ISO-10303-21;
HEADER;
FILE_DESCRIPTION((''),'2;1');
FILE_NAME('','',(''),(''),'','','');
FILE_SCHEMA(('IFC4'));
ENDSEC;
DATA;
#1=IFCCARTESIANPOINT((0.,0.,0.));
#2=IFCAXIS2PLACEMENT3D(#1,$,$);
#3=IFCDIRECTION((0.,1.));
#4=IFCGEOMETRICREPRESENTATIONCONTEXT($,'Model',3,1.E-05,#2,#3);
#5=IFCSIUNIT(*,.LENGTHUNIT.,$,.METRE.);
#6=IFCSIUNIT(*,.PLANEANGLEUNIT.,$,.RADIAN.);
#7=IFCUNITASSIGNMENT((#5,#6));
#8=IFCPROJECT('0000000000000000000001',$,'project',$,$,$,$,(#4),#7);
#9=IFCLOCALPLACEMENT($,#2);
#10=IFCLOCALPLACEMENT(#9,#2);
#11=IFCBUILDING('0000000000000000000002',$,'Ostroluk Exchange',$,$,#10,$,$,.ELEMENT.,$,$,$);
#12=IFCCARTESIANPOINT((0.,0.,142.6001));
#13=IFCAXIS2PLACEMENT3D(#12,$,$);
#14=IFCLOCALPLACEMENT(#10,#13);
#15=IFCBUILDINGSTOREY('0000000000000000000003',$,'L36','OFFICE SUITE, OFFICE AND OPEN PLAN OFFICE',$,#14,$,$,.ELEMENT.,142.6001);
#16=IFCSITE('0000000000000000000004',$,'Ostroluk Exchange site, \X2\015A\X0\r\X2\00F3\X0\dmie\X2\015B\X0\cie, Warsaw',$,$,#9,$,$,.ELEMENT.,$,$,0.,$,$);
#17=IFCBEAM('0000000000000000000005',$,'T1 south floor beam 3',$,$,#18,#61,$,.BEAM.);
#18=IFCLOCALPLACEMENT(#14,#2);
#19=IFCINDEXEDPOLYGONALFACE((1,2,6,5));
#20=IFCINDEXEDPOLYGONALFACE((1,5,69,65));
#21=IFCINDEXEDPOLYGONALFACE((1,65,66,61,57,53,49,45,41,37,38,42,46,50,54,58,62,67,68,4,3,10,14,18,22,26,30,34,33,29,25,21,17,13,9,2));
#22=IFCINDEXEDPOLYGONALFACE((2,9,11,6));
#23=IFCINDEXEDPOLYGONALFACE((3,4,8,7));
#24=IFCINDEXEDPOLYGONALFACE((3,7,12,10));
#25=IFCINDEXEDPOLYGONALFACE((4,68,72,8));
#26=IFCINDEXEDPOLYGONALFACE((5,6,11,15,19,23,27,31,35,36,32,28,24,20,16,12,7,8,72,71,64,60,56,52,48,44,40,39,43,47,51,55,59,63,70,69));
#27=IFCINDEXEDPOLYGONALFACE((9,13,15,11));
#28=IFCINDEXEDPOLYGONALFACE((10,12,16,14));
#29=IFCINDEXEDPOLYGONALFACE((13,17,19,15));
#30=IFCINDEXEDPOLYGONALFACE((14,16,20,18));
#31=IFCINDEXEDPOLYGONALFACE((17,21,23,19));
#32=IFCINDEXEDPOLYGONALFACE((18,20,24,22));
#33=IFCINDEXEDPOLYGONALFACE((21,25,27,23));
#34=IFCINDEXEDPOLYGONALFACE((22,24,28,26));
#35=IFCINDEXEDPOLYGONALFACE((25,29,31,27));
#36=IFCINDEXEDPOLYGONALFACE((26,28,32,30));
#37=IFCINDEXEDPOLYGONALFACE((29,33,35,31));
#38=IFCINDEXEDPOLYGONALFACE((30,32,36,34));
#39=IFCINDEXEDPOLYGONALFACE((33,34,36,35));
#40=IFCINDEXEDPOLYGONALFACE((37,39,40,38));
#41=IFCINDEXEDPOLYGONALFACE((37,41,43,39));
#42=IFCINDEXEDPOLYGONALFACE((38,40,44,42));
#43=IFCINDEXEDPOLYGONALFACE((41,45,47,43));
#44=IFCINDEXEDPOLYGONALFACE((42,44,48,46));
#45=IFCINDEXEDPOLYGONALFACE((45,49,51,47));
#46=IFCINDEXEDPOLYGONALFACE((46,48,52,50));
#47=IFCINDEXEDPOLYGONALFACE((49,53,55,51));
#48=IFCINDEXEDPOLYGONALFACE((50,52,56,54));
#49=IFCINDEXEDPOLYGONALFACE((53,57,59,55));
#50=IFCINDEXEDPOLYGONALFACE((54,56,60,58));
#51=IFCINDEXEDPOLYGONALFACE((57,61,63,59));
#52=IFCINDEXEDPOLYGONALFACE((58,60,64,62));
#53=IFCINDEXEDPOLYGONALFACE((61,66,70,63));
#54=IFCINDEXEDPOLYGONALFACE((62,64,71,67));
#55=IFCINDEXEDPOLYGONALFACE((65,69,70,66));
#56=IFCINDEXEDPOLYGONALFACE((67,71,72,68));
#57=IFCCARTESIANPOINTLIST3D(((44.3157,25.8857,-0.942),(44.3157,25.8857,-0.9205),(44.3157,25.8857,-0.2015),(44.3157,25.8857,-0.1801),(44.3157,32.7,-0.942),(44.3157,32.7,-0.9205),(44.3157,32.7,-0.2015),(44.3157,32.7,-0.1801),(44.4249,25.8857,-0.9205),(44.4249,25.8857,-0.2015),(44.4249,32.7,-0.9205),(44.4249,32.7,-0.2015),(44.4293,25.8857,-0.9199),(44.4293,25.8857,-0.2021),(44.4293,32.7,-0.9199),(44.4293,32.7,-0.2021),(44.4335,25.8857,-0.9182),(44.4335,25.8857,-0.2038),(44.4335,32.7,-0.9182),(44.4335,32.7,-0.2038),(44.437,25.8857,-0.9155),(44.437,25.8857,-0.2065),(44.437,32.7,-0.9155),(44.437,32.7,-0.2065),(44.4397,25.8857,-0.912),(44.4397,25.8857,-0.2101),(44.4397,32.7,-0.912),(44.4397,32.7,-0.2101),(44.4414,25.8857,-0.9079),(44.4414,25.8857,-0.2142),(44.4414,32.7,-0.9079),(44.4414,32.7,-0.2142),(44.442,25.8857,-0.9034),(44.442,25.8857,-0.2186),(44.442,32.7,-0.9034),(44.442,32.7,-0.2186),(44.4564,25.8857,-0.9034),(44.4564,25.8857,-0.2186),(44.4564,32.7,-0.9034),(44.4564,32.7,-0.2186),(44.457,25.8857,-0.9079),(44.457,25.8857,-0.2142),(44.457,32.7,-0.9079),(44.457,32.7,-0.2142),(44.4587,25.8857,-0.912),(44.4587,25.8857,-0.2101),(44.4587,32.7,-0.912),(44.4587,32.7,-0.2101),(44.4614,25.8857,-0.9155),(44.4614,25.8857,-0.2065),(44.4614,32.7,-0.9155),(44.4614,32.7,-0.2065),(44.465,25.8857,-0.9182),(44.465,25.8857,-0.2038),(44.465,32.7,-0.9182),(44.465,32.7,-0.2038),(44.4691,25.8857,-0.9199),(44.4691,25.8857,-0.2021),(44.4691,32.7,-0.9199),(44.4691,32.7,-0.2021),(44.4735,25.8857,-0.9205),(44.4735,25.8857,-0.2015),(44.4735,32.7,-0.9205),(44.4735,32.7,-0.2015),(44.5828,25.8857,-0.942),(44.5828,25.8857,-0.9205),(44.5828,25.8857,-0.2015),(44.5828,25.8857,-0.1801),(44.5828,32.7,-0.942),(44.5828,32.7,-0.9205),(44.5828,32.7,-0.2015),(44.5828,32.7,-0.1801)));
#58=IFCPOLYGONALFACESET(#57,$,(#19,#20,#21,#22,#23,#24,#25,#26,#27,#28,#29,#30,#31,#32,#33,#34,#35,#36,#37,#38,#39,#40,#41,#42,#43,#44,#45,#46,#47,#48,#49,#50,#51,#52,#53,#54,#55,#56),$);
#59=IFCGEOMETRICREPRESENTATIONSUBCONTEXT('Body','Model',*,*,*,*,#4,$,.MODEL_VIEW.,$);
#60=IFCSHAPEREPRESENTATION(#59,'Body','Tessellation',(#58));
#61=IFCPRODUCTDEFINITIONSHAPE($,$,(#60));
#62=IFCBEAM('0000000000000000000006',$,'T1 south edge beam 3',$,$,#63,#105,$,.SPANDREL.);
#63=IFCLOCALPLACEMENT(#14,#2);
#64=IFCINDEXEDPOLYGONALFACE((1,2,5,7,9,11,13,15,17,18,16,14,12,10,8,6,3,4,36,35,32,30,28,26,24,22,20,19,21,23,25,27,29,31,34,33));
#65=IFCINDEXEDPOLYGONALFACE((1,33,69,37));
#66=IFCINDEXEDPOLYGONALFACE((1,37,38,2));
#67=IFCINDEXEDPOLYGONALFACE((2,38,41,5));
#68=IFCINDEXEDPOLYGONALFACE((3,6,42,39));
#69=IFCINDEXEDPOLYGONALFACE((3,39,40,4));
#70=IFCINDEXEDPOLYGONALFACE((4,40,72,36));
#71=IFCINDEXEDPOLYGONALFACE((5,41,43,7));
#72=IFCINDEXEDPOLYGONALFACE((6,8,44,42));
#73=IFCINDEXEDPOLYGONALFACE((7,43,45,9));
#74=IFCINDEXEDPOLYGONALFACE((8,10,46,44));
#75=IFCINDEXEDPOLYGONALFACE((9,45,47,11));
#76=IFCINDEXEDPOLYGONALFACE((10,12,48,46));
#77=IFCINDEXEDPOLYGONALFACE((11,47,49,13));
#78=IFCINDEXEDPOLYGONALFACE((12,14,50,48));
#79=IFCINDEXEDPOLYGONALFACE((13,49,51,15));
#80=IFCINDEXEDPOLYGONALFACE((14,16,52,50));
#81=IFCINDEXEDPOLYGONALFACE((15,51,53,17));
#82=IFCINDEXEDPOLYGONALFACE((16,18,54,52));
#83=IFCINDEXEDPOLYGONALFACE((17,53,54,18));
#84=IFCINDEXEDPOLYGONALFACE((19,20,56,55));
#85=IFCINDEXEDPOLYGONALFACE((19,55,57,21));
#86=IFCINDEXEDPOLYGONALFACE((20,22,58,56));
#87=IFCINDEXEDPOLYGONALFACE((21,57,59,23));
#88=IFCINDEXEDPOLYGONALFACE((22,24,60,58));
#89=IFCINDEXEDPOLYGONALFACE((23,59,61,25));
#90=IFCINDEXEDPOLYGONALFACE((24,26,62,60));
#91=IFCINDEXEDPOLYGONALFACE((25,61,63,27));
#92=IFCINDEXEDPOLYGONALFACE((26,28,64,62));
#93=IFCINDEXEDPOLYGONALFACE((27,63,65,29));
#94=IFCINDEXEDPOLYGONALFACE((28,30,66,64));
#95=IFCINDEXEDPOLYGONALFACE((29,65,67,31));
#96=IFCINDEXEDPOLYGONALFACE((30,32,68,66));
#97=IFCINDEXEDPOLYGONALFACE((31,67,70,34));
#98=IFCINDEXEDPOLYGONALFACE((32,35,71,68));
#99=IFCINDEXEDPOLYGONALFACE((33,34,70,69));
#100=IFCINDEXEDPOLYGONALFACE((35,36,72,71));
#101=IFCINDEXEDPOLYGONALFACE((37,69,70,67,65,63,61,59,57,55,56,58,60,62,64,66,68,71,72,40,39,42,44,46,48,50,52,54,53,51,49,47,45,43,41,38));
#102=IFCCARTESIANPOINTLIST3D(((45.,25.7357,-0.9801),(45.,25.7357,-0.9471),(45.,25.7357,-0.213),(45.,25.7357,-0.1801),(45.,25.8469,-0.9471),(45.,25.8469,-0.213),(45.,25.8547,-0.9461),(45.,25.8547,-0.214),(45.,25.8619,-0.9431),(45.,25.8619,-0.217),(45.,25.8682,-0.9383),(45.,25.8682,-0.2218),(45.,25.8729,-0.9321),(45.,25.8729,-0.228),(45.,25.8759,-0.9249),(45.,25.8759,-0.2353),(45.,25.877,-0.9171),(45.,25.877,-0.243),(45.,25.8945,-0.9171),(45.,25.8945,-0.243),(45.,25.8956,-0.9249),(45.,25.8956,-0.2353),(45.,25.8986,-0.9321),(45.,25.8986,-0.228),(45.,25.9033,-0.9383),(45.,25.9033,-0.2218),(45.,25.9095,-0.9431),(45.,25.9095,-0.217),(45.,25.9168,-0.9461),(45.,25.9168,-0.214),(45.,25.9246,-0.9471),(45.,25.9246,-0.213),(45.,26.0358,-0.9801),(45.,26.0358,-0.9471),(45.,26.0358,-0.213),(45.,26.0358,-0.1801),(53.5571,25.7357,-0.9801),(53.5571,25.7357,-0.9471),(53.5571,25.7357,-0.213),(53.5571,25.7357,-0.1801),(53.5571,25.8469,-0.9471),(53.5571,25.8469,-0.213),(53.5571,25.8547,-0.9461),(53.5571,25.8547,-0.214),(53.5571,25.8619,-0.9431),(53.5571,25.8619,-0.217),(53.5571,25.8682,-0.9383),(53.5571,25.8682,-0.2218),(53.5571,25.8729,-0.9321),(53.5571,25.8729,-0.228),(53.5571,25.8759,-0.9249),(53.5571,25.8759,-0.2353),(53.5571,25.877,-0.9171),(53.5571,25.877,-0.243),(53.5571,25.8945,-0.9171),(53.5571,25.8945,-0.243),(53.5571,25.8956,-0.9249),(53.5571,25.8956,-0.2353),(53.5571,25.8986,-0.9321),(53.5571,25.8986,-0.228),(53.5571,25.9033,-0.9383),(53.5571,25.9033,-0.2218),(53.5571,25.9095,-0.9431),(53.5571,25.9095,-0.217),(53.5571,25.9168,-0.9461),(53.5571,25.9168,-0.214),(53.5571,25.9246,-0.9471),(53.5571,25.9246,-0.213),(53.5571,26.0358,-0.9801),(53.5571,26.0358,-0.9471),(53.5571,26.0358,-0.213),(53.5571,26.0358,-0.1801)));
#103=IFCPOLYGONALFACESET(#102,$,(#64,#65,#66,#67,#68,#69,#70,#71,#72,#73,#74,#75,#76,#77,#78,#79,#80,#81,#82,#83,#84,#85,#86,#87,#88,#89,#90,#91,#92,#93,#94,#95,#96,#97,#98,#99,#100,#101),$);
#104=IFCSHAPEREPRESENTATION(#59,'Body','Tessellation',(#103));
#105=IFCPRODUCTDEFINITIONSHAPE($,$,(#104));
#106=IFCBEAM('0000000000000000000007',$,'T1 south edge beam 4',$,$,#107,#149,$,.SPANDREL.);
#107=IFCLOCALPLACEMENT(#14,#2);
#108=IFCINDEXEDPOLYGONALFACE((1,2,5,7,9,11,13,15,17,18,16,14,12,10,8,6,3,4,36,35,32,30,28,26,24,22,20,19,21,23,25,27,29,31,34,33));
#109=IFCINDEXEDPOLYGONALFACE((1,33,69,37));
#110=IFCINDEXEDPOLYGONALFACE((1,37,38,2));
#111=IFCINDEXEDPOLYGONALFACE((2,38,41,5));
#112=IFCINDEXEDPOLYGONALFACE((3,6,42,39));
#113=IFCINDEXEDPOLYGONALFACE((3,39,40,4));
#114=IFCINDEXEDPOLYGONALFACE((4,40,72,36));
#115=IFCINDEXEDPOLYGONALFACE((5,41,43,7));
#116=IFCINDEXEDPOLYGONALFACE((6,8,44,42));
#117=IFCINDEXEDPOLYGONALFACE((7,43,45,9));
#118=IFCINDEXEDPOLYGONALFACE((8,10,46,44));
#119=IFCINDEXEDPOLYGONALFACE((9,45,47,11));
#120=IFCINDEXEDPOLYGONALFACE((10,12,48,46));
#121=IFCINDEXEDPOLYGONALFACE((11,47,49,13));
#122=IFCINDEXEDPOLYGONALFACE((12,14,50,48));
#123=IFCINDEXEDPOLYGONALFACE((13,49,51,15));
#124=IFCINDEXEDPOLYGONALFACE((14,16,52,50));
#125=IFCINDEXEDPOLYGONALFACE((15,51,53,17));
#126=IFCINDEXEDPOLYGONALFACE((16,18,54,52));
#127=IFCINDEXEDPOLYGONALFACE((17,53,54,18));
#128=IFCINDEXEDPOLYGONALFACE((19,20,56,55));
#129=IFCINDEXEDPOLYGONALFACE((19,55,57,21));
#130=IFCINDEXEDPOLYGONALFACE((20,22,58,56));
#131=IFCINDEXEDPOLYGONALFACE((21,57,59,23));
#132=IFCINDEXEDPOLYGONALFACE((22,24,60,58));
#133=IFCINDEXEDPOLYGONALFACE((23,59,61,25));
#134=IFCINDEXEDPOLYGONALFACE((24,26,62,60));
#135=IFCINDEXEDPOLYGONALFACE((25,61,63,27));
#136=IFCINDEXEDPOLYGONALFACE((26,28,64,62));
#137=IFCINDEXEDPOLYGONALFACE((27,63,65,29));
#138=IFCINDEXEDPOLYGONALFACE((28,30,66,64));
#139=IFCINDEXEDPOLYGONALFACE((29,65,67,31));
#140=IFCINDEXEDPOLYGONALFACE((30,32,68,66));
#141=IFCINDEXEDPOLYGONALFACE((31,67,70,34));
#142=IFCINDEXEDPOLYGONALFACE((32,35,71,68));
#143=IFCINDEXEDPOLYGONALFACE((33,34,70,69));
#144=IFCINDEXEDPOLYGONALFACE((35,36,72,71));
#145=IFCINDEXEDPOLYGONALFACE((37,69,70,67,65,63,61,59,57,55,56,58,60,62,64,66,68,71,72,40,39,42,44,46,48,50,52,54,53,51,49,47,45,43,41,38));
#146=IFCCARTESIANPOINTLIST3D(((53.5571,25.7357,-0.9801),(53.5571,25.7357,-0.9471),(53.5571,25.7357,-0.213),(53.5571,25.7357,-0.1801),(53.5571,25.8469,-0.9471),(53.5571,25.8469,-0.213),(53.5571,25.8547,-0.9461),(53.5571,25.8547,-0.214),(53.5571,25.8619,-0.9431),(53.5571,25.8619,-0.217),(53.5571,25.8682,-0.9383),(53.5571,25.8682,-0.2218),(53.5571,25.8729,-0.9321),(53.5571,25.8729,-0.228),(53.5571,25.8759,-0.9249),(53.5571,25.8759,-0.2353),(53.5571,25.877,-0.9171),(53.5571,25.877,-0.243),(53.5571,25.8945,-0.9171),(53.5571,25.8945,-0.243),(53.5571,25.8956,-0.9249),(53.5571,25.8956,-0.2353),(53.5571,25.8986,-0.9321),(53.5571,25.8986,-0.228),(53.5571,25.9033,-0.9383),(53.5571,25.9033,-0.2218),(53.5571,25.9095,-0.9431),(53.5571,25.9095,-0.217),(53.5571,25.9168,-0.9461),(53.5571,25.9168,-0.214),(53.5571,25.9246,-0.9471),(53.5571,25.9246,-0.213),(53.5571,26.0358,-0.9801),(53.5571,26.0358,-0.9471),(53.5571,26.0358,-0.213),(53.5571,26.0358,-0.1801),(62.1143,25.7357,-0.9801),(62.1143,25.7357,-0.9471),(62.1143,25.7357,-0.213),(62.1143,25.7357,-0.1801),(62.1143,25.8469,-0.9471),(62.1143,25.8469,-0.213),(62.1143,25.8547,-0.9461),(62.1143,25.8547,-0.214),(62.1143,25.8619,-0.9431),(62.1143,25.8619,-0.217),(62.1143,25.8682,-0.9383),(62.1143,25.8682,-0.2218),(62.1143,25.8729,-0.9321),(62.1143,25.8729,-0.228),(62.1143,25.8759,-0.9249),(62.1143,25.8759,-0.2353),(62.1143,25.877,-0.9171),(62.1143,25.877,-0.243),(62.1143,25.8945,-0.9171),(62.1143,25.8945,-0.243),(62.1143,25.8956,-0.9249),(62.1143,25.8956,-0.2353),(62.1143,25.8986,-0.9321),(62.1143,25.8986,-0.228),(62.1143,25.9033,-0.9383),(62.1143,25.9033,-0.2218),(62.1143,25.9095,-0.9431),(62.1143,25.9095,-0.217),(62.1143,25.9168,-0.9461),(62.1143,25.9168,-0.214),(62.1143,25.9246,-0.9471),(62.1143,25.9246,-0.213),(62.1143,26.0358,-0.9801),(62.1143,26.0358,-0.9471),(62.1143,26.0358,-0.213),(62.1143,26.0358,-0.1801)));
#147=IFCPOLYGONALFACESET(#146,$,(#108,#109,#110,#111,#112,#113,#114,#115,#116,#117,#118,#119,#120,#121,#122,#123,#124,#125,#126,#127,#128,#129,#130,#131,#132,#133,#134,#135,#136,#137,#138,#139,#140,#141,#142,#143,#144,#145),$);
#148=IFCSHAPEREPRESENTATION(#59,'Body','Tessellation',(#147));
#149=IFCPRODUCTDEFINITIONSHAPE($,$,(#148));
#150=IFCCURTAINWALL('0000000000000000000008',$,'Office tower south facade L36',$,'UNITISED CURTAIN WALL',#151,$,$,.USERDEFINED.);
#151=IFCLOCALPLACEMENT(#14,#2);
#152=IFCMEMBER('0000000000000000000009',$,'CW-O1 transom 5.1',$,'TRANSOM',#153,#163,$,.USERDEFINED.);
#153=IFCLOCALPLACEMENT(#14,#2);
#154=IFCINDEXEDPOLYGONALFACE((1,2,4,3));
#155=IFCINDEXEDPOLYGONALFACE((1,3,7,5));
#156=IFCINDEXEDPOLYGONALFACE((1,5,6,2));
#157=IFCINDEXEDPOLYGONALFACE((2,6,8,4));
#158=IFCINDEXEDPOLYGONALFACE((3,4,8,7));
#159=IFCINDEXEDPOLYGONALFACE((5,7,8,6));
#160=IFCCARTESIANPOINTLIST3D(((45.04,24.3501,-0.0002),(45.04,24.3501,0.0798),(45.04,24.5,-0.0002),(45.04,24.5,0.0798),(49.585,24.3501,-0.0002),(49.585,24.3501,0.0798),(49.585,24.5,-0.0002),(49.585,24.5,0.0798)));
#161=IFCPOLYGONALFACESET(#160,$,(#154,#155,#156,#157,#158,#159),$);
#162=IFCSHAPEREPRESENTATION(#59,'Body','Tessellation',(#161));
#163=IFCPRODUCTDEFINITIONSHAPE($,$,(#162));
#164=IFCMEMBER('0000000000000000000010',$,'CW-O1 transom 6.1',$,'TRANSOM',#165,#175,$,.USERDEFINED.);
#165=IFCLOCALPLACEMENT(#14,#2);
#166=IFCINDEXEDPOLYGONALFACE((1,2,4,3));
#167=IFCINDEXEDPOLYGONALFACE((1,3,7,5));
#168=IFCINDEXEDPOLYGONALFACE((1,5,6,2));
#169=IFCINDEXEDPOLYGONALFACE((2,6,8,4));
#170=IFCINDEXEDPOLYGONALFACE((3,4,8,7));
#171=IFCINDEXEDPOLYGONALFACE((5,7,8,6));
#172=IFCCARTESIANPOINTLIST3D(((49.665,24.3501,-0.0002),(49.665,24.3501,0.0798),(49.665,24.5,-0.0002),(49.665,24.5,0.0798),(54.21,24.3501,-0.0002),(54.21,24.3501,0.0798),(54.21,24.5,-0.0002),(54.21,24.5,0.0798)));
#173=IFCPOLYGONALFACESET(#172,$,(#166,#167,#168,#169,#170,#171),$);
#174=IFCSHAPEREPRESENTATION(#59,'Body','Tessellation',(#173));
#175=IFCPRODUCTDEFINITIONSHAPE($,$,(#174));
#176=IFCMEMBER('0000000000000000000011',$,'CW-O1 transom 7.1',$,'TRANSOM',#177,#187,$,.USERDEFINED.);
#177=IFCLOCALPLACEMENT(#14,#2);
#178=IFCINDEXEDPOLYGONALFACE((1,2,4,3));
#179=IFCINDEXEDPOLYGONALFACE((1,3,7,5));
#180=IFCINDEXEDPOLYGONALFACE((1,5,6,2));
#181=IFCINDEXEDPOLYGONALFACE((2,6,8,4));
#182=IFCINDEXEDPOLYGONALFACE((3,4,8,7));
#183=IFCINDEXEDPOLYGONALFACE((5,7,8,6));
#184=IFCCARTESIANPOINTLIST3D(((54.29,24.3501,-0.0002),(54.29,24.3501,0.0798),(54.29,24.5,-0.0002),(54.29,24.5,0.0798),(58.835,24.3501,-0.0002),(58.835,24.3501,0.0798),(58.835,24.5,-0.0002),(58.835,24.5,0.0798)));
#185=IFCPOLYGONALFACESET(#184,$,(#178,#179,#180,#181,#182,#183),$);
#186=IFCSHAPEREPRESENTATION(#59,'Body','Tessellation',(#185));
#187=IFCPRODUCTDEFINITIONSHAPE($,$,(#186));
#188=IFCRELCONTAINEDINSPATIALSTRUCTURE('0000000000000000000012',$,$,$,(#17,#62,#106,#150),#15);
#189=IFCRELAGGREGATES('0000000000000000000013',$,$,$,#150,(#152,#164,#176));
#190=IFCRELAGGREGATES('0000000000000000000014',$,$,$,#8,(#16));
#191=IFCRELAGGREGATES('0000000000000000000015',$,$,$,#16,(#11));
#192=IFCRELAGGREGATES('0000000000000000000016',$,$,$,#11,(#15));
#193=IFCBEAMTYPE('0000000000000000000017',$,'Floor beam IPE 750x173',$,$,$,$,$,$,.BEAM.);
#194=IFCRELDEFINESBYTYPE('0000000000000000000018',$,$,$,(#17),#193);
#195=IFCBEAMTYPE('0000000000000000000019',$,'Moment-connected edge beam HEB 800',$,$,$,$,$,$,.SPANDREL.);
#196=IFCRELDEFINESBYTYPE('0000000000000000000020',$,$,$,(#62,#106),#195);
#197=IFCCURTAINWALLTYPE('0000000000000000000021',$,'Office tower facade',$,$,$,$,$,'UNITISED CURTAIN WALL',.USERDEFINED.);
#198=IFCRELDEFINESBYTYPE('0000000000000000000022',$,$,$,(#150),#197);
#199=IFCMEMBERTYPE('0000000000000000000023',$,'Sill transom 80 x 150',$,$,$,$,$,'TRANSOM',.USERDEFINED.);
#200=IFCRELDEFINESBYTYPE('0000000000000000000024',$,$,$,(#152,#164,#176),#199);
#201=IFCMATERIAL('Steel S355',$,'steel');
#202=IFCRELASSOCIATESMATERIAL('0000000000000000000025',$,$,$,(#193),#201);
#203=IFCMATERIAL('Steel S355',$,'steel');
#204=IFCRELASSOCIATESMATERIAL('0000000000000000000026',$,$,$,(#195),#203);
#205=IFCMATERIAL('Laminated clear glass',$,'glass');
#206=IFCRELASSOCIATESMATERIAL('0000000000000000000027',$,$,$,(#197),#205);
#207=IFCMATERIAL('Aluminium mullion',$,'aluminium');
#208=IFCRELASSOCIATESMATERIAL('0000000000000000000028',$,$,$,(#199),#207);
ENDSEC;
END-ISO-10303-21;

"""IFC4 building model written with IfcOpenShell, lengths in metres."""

from ifc_helpers import new_model, si_unit, direction, frame, origin, origin_2d, place, context, subcontext, project, spatial, rectangle, i_section, extrude, material, material_profile, profile_set, type_object, element, aggregate, save


model = new_model("IFC4")

# Units and contexts
model_context = context("Model", 3, precision=1e-05, world=origin(), true_north=direction((0.0, 1.0)))
body_context = subcontext(model_context, "Body", "Model", "MODEL_VIEW")
ifc_project = project(units=[si_unit("LENGTHUNIT", "METRE"), si_unit("PLANEANGLEUNIT", "RADIAN")], contexts=[model_context])

# Site, building, storey
site_placement = place(None, origin())
site = spatial("IfcSite", under=ifc_project, at=site_placement, Name="Ostroluk Exchange site, Śródmieście, Warsaw", CompositionType="ELEMENT", RefElevation=0.0)
building_placement = place(site_placement, origin())
building = spatial("IfcBuilding", under=site, at=building_placement, Name="Ostroluk Exchange", CompositionType="ELEMENT")
storey_placement = place(building_placement, frame((0.0, 0.0, 142.6001)))
storey = spatial("IfcBuildingStorey", under=building, at=storey_placement, Name="L36", Description="OFFICE SUITE, OFFICE AND OPEN PLAN OFFICE", CompositionType="ELEMENT", Elevation=142.6001)

# Beams
ifc_material_1 = material(Name="Steel S355", Category="steel")
ifc_material_profile_1 = material_profile(ifc_material_1, i_section(OverallWidth=0.2671, OverallDepth=0.762, WebThickness=0.0144, FlangeThickness=0.0215, FilletRadius=0.0171, at=origin_2d()), Name="IPE 750x173")
ifc_profile_set_1 = profile_set([ifc_material_profile_1], Name="Steel S355")
beam_type_1 = type_object("IfcBeamType", Name="Floor beam IPE 750x173", PredefinedType="BEAM", material=ifc_profile_set_1)
beam_placement = place(storey_placement, frame((44.4492, 32.7, -0.561), z_axis=(0.0, -1.0, 0.0), x_axis=(1.0, 0.0, 0.0)))
element("IfcBeam", 1, at=beam_placement, inside=storey, type_object=beam_type_1, Name="T1 south floor beam 3", PredefinedType="BEAM", context=body_context, shape_type="SweptSolid", body=[
    extrude(i_section(OverallWidth=0.2671, OverallDepth=0.762, WebThickness=0.0144, FlangeThickness=0.0215, FilletRadius=0.0171, at=origin_2d()), origin(), (0.0, 0.0, 1.0), 6.8142),
])
ifc_material_2 = material(Name="Steel S355", Category="steel")
ifc_material_profile_2 = material_profile(ifc_material_2, i_section(OverallWidth=0.3, OverallDepth=0.8, WebThickness=0.0176, FlangeThickness=0.033, FilletRadius=0.03, at=origin_2d()), Name="HEB 800")
ifc_profile_set_2 = profile_set([ifc_material_profile_2], Name="Steel S355")
beam_type_2 = type_object("IfcBeamType", Name="Moment-connected edge beam HEB 800", PredefinedType="SPANDREL", material=ifc_profile_set_2)
for number, where, z_axis, x_axis, name in (
    (2, (45.0, 25.8857, -0.5801), (1.0, 0.0, 0.0), (0.0, 1.0, 0.0), "T1 south edge beam 3"),
    (3, (53.5571, 25.8857, -0.5801), (1.0, 0.0, 0.0), (0.0, 1.0, 0.0), "T1 south edge beam 4"),
):
    element("IfcBeam", number, at=place(storey_placement, frame(where, z_axis=z_axis, x_axis=x_axis)), inside=storey, type_object=beam_type_2, Name=name, PredefinedType="SPANDREL", context=body_context, shape_type="SweptSolid", body=[
        extrude(i_section(OverallWidth=0.3, OverallDepth=0.8, WebThickness=0.0176, FlangeThickness=0.033, FilletRadius=0.03, at=origin_2d()), origin(), (0.0, 0.0, 1.0), 8.5571),
    ])

# Curtain wall, members
ifc_material_3 = material(Name="Laminated clear glass", Category="glass")
curtain_wall_type = type_object("IfcCurtainWallType", Name="Office tower facade", ElementType="UNITISED CURTAIN WALL", PredefinedType="USERDEFINED", material=ifc_material_3)
curtain_wall_placement = place(storey_placement, origin())
curtain_wall = element("IfcCurtainWall", 4, at=curtain_wall_placement, inside=storey, type_object=curtain_wall_type, Name="Office tower south facade L36", ObjectType="UNITISED CURTAIN WALL", PredefinedType="USERDEFINED")
ifc_material_4 = material(Name="Aluminium mullion", Category="aluminium")
ifc_material_profile_3 = material_profile(ifc_material_4, rectangle(XDim=0.1499, YDim=0.0801, at=origin_2d()), Name="Sill transom 80 x 150")
ifc_profile_set_3 = profile_set([ifc_material_profile_3], Name="Aluminium mullion")
member_type_1 = type_object("IfcMemberType", Name="Sill transom 80 x 150", ElementType="TRANSOM", PredefinedType="USERDEFINED", material=ifc_profile_set_3)
member_1_placement = place(storey_placement, frame((45.04, 24.425, 0.0398), z_axis=(1.0, 0.0, 0.0), x_axis=(0.0, 1.0, 0.0)))
member_1 = element("IfcMember", 5, at=member_1_placement, type_object=member_type_1, Name="CW-O1 transom 5.1", ObjectType="TRANSOM", PredefinedType="USERDEFINED", context=body_context, shape_type="SweptSolid", body=[
    extrude(rectangle(XDim=0.1499, YDim=0.0801, at=origin_2d()), origin(), (0.0, 0.0, 1.0), 4.5449),
])
member_2_placement = place(storey_placement, frame((49.665, 24.425, 0.0398), z_axis=(1.0, 0.0, 0.0), x_axis=(0.0, 1.0, 0.0)))
member_2 = element("IfcMember", 6, at=member_2_placement, type_object=member_type_1, Name="CW-O1 transom 6.1", ObjectType="TRANSOM", PredefinedType="USERDEFINED", context=body_context, shape_type="SweptSolid", body=[
    extrude(rectangle(XDim=0.1499, YDim=0.0801, at=origin_2d()), origin(), (0.0, 0.0, 1.0), 4.5449),
])
member_3_placement = place(storey_placement, frame((54.29, 24.425, 0.0398), z_axis=(1.0, 0.0, 0.0), x_axis=(0.0, 1.0, 0.0)))
member_3 = element("IfcMember", 7, at=member_3_placement, type_object=member_type_1, Name="CW-O1 transom 7.1", ObjectType="TRANSOM", PredefinedType="USERDEFINED", context=body_context, shape_type="SweptSolid", body=[
    extrude(rectangle(XDim=0.1499, YDim=0.0801, at=origin_2d()), origin(), (0.0, 0.0, 1.0), 4.5449),
])
aggregate(curtain_wall, [member_1, member_2, member_3])

save(model, "model.ifc")
